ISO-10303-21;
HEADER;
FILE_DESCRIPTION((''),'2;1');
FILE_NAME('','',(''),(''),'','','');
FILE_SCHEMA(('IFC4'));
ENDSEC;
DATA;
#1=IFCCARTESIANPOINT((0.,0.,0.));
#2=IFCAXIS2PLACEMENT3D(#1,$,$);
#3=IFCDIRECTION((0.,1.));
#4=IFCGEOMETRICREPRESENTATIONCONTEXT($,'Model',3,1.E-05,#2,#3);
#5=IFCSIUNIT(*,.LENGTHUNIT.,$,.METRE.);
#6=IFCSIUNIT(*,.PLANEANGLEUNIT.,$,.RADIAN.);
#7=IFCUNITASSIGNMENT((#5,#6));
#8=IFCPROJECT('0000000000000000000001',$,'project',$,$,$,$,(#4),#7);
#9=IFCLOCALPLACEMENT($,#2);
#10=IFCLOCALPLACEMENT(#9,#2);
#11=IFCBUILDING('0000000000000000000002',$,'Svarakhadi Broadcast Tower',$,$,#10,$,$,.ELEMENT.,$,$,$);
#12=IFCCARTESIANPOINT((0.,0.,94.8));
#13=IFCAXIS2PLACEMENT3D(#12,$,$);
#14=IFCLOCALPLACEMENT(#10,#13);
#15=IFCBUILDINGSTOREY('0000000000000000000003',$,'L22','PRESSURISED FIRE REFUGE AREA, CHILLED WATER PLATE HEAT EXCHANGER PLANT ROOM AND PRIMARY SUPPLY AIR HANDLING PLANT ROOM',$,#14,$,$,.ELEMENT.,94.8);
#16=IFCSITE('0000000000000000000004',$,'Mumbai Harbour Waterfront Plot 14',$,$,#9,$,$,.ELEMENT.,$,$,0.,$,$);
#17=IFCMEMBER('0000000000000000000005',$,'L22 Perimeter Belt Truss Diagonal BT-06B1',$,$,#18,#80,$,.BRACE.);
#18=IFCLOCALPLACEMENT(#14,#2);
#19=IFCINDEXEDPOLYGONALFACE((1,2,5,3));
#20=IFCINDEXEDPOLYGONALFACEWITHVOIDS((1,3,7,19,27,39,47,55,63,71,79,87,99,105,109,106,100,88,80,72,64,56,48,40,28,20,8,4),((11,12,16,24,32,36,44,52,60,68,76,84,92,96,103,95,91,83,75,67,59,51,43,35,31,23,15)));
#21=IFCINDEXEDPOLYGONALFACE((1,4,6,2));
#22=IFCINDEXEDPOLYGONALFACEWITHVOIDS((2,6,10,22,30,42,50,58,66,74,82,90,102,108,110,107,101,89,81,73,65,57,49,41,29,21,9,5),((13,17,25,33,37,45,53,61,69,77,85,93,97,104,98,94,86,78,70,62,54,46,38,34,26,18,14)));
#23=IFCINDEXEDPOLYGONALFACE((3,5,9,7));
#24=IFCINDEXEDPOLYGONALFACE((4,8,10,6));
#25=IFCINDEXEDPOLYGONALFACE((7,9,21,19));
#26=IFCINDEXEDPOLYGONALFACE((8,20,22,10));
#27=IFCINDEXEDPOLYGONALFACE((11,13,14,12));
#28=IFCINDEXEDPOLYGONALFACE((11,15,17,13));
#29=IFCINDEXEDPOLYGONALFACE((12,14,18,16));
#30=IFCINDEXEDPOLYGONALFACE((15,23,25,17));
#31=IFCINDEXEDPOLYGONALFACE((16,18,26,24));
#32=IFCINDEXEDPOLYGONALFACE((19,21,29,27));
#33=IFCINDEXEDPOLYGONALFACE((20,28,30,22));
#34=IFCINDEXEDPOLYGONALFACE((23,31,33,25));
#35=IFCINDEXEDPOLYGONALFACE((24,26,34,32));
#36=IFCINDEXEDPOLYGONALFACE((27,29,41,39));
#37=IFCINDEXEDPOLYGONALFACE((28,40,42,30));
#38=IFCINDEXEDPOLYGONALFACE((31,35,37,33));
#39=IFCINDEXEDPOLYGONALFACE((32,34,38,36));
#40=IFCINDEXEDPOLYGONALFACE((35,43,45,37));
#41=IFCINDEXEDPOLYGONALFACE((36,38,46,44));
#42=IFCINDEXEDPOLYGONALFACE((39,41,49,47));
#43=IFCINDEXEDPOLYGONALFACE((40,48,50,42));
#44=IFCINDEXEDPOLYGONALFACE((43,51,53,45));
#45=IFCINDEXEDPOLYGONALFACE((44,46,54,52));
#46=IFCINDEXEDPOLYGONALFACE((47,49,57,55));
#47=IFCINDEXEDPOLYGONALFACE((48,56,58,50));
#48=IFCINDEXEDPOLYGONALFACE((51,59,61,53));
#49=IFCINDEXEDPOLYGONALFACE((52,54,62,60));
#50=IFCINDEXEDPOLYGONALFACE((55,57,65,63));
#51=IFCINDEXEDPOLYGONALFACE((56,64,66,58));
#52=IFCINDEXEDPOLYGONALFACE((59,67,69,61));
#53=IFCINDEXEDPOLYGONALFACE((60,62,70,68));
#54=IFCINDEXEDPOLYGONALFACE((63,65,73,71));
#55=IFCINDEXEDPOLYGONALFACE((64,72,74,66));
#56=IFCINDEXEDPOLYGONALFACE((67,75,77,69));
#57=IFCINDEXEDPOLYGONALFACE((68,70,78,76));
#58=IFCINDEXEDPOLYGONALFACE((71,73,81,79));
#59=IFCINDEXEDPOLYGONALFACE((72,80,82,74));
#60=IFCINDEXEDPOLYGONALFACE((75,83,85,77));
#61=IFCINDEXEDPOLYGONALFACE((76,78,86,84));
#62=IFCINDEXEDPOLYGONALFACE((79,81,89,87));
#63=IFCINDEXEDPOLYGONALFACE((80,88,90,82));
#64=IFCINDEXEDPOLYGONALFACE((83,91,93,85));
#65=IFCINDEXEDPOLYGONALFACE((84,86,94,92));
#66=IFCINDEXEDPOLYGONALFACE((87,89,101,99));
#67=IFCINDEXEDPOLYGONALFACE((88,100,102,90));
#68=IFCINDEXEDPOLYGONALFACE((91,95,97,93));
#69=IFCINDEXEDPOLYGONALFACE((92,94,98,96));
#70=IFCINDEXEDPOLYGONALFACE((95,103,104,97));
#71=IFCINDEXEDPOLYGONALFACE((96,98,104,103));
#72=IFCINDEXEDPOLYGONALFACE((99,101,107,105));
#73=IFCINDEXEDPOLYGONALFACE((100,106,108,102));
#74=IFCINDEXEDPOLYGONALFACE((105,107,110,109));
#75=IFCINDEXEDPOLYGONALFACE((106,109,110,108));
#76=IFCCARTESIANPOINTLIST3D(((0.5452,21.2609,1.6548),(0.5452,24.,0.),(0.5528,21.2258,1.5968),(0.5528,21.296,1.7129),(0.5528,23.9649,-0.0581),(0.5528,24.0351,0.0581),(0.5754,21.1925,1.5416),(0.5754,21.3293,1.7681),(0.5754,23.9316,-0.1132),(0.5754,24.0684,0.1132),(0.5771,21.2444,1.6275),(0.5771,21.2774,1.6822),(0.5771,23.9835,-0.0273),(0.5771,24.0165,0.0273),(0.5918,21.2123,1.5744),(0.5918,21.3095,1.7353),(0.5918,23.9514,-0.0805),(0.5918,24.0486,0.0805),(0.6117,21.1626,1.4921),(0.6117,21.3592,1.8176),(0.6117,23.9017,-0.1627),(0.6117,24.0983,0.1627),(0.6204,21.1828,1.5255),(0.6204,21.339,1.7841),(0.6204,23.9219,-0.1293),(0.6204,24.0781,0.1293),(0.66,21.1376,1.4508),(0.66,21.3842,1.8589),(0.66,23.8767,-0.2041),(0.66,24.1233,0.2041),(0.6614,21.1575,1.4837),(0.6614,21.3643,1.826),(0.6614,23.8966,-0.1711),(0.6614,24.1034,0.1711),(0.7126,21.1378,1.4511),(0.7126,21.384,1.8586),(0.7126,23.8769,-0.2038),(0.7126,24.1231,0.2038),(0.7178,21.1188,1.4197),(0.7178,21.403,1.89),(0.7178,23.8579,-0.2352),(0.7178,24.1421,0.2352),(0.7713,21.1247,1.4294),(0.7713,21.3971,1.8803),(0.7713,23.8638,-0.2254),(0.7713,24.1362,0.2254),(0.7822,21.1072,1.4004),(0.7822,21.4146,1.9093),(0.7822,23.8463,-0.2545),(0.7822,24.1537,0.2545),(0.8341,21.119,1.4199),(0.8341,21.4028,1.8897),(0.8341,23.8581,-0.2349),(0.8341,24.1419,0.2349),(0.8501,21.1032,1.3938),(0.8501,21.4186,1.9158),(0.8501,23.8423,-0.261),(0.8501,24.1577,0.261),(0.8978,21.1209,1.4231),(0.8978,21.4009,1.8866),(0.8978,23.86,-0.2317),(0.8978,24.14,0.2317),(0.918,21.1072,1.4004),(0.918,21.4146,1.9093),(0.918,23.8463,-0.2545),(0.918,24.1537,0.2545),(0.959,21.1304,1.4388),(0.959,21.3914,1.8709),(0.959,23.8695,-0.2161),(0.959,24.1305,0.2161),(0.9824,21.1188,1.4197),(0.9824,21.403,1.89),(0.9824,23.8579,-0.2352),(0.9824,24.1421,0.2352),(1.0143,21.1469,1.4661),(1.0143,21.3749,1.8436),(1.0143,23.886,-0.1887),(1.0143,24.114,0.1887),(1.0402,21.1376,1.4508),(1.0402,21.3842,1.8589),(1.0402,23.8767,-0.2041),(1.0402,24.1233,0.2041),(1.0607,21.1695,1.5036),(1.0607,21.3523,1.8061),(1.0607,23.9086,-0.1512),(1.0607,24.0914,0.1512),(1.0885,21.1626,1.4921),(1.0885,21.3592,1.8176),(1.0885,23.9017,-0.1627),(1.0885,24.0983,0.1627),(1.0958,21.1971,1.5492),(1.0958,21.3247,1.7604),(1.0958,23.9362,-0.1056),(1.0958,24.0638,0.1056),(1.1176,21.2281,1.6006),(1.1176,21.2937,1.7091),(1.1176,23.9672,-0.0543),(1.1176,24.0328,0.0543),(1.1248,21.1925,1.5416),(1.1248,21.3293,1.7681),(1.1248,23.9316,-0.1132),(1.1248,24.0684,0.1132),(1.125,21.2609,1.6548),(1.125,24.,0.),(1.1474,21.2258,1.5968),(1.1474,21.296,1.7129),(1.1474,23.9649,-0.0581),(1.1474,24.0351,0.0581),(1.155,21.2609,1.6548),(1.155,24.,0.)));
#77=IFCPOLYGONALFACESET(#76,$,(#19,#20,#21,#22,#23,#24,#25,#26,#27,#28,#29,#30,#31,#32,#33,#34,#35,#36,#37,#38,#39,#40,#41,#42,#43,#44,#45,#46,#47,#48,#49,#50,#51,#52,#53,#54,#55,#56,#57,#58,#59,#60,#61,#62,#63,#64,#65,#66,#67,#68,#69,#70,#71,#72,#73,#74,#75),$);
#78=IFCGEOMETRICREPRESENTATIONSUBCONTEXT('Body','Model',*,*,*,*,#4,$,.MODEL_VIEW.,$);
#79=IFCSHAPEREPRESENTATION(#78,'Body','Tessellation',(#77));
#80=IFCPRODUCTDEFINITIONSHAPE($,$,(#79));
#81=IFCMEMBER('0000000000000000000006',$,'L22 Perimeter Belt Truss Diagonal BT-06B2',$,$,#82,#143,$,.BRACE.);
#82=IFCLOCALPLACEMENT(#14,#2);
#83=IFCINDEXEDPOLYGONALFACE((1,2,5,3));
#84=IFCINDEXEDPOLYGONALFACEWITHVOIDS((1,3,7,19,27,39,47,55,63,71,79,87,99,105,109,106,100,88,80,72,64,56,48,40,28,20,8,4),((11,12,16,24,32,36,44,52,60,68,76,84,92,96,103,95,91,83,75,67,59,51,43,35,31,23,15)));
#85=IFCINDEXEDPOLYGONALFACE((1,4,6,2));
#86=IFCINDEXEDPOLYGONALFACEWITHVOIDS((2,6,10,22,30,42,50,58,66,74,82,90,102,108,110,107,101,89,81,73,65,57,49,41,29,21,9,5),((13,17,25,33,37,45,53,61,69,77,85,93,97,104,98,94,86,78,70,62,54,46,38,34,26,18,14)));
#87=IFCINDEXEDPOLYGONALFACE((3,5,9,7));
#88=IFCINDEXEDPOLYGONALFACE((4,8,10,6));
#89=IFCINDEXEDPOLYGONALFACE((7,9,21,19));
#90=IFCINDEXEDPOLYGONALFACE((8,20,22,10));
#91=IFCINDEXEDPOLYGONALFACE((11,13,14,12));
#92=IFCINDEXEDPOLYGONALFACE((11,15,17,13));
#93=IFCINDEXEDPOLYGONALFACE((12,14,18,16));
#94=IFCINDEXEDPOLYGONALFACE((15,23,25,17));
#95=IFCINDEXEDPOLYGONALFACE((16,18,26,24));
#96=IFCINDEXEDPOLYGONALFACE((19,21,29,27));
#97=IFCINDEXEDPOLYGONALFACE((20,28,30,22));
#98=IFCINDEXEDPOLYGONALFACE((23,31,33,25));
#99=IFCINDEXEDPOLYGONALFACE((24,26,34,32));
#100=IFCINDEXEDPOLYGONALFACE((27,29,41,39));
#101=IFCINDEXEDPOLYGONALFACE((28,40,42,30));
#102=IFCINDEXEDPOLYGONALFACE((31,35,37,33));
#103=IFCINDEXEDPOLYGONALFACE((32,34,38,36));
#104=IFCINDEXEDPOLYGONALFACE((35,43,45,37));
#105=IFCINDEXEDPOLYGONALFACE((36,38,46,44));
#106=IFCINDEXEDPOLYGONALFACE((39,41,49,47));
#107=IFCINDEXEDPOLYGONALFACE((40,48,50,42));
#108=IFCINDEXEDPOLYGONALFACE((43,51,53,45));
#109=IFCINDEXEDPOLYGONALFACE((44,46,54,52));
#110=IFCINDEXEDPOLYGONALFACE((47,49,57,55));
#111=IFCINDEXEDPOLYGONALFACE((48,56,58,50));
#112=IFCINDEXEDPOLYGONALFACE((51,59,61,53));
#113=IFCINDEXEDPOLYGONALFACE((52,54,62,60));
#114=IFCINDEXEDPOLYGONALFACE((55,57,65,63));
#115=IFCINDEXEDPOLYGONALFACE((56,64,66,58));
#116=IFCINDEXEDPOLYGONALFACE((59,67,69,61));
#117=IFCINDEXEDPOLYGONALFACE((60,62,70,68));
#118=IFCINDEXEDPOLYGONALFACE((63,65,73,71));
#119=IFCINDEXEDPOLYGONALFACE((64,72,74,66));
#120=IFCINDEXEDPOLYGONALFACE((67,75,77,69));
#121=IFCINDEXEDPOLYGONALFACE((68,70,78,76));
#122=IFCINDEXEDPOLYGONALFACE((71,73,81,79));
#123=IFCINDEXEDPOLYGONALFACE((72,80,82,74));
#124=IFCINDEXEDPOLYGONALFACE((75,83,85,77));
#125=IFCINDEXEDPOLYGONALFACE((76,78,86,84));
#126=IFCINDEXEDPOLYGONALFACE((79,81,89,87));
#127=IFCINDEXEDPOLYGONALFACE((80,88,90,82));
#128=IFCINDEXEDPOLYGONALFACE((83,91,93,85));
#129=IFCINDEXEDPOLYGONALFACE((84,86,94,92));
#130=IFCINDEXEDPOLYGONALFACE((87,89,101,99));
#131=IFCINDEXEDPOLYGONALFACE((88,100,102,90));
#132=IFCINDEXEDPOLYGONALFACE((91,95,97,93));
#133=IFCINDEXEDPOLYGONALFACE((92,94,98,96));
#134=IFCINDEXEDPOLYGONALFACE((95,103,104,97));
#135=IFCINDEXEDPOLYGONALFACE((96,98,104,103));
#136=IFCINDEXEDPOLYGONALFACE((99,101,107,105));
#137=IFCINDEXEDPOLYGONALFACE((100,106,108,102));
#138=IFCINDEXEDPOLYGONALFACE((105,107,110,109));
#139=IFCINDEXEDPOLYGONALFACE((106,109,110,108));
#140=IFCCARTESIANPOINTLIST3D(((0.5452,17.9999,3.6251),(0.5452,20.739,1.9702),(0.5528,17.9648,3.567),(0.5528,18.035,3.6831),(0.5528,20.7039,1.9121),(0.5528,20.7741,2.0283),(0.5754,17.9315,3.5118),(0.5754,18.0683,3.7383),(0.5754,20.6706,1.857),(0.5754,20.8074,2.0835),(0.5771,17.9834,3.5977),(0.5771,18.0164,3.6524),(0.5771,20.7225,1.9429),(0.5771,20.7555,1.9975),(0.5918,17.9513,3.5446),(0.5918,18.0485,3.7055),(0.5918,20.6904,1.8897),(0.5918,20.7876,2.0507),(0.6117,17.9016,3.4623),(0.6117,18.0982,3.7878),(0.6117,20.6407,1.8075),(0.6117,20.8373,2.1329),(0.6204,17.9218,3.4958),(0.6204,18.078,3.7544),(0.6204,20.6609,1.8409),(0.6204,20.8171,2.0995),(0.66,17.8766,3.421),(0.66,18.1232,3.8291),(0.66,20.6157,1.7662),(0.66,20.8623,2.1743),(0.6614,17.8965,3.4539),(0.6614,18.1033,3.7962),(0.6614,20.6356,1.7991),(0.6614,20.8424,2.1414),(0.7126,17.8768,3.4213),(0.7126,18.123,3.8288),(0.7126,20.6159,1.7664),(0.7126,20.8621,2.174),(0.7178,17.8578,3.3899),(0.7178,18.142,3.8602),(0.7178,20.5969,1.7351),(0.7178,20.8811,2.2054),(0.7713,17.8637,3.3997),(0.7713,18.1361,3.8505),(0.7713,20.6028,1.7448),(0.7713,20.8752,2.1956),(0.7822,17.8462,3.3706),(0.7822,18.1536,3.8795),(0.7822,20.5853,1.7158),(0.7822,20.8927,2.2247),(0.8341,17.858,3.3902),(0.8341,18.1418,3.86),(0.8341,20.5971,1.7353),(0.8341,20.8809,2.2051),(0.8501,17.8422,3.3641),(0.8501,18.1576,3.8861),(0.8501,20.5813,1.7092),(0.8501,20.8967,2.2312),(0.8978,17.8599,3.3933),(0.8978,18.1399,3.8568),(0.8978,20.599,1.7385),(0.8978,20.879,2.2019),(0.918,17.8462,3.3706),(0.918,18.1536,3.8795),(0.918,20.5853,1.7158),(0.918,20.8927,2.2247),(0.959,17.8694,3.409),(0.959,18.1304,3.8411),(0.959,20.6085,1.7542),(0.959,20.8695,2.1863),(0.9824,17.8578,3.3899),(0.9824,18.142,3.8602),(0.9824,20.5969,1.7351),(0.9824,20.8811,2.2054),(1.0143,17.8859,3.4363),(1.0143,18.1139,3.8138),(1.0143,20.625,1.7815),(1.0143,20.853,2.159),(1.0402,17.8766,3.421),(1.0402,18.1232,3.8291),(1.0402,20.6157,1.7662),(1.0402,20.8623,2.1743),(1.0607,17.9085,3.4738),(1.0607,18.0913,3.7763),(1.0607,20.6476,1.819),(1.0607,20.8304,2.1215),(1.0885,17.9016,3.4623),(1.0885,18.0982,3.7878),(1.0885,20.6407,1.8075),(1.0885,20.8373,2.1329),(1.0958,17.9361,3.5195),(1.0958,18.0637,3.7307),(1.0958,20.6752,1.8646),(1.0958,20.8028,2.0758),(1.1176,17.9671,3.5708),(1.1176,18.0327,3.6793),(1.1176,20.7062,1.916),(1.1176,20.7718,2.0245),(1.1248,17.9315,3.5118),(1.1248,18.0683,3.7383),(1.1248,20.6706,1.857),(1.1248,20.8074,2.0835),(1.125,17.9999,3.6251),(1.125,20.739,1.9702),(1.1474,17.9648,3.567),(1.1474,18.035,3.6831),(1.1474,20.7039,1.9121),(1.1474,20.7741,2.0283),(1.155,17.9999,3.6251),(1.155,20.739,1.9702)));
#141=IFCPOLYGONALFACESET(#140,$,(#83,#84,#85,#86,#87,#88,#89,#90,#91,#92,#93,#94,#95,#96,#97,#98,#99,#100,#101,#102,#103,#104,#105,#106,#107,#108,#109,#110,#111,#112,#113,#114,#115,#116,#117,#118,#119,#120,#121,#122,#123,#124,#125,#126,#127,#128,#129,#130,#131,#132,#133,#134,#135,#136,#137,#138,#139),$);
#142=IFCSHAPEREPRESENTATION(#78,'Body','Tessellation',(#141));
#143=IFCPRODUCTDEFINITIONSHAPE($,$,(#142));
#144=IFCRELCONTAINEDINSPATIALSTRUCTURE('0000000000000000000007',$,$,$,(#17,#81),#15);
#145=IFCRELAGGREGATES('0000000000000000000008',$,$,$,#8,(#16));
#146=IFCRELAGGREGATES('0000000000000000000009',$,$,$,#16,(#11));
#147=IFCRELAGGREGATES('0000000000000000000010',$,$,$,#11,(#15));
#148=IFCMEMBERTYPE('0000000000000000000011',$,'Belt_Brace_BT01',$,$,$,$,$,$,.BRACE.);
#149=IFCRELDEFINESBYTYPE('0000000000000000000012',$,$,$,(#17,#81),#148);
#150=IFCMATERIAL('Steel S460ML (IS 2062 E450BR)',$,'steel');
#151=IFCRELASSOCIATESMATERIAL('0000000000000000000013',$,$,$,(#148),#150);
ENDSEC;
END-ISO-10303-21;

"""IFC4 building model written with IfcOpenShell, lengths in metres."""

from ifc_helpers import new_model, si_unit, direction, frame, origin, origin_2d, place, context, subcontext, project, spatial, hollow_circle, extrude, material, material_profile, profile_set, type_object, element, save


model = new_model("IFC4")

# Units and contexts
model_context = context("Model", 3, precision=1e-05, world=origin(), true_north=direction((0.0, 1.0)))
body_context = subcontext(model_context, "Body", "Model", "MODEL_VIEW")
ifc_project = project(units=[si_unit("LENGTHUNIT", "METRE"), si_unit("PLANEANGLEUNIT", "RADIAN")], contexts=[model_context])

# Site, building, storey
site_placement = place(None, origin())
site = spatial("IfcSite", under=ifc_project, at=site_placement, Name="Mumbai Harbour Waterfront Plot 14", CompositionType="ELEMENT", RefElevation=0.0)
building_placement = place(site_placement, origin())
building = spatial("IfcBuilding", under=site, at=building_placement, Name="Svarakhadi Broadcast Tower", CompositionType="ELEMENT")
storey_placement = place(building_placement, frame((0.0, 0.0, 94.8)))
storey = spatial("IfcBuildingStorey", under=building, at=storey_placement, Name="L22", Description="PRESSURISED FIRE REFUGE AREA, CHILLED WATER PLATE HEAT EXCHANGER PLANT ROOM AND PRIMARY SUPPLY AIR HANDLING PLANT ROOM", CompositionType="ELEMENT", Elevation=94.8)

# Shared definitions
ifc_material_1 = material(Name="Steel S460ML (IS 2062 E450BR)", Category="steel")

# Members
ifc_material_profile_1 = material_profile(ifc_material_1, hollow_circle(Radius=0.3049, WallThickness=0.03, at=origin_2d()), Name="CHS 610x30")
ifc_profile_set_1 = profile_set([ifc_material_profile_1], Name="Steel S460ML (IS 2062 E450BR)")
member_type_1 = type_object("IfcMemberType", Name="Belt_Brace_BT01", PredefinedType="BRACE", material=ifc_profile_set_1)
for number, where, z_axis, x_axis, name in (
    (1, (0.8501, 24.0, 0.0), (0.0, -0.85592, 0.517107), (1.0, 0.0, 0.0), "L22 Perimeter Belt Truss Diagonal BT-06B1"),
    (2, (0.8501, 20.739, 1.9702), (0.0, -0.85592, 0.517107), (1.0, 0.0, 0.0), "L22 Perimeter Belt Truss Diagonal BT-06B2"),
):
    element("IfcMember", number, at=place(storey_placement, frame(where, z_axis=z_axis, x_axis=x_axis)), inside=storey, type_object=member_type_1, Name=name, PredefinedType="BRACE", context=body_context, shape_type="SweptSolid", body=[
        extrude(hollow_circle(Radius=0.3049, WallThickness=0.03, at=origin_2d()), origin(), (0.0, 0.0, 1.0), 3.2002),
    ])

save(model, "model.ifc")
